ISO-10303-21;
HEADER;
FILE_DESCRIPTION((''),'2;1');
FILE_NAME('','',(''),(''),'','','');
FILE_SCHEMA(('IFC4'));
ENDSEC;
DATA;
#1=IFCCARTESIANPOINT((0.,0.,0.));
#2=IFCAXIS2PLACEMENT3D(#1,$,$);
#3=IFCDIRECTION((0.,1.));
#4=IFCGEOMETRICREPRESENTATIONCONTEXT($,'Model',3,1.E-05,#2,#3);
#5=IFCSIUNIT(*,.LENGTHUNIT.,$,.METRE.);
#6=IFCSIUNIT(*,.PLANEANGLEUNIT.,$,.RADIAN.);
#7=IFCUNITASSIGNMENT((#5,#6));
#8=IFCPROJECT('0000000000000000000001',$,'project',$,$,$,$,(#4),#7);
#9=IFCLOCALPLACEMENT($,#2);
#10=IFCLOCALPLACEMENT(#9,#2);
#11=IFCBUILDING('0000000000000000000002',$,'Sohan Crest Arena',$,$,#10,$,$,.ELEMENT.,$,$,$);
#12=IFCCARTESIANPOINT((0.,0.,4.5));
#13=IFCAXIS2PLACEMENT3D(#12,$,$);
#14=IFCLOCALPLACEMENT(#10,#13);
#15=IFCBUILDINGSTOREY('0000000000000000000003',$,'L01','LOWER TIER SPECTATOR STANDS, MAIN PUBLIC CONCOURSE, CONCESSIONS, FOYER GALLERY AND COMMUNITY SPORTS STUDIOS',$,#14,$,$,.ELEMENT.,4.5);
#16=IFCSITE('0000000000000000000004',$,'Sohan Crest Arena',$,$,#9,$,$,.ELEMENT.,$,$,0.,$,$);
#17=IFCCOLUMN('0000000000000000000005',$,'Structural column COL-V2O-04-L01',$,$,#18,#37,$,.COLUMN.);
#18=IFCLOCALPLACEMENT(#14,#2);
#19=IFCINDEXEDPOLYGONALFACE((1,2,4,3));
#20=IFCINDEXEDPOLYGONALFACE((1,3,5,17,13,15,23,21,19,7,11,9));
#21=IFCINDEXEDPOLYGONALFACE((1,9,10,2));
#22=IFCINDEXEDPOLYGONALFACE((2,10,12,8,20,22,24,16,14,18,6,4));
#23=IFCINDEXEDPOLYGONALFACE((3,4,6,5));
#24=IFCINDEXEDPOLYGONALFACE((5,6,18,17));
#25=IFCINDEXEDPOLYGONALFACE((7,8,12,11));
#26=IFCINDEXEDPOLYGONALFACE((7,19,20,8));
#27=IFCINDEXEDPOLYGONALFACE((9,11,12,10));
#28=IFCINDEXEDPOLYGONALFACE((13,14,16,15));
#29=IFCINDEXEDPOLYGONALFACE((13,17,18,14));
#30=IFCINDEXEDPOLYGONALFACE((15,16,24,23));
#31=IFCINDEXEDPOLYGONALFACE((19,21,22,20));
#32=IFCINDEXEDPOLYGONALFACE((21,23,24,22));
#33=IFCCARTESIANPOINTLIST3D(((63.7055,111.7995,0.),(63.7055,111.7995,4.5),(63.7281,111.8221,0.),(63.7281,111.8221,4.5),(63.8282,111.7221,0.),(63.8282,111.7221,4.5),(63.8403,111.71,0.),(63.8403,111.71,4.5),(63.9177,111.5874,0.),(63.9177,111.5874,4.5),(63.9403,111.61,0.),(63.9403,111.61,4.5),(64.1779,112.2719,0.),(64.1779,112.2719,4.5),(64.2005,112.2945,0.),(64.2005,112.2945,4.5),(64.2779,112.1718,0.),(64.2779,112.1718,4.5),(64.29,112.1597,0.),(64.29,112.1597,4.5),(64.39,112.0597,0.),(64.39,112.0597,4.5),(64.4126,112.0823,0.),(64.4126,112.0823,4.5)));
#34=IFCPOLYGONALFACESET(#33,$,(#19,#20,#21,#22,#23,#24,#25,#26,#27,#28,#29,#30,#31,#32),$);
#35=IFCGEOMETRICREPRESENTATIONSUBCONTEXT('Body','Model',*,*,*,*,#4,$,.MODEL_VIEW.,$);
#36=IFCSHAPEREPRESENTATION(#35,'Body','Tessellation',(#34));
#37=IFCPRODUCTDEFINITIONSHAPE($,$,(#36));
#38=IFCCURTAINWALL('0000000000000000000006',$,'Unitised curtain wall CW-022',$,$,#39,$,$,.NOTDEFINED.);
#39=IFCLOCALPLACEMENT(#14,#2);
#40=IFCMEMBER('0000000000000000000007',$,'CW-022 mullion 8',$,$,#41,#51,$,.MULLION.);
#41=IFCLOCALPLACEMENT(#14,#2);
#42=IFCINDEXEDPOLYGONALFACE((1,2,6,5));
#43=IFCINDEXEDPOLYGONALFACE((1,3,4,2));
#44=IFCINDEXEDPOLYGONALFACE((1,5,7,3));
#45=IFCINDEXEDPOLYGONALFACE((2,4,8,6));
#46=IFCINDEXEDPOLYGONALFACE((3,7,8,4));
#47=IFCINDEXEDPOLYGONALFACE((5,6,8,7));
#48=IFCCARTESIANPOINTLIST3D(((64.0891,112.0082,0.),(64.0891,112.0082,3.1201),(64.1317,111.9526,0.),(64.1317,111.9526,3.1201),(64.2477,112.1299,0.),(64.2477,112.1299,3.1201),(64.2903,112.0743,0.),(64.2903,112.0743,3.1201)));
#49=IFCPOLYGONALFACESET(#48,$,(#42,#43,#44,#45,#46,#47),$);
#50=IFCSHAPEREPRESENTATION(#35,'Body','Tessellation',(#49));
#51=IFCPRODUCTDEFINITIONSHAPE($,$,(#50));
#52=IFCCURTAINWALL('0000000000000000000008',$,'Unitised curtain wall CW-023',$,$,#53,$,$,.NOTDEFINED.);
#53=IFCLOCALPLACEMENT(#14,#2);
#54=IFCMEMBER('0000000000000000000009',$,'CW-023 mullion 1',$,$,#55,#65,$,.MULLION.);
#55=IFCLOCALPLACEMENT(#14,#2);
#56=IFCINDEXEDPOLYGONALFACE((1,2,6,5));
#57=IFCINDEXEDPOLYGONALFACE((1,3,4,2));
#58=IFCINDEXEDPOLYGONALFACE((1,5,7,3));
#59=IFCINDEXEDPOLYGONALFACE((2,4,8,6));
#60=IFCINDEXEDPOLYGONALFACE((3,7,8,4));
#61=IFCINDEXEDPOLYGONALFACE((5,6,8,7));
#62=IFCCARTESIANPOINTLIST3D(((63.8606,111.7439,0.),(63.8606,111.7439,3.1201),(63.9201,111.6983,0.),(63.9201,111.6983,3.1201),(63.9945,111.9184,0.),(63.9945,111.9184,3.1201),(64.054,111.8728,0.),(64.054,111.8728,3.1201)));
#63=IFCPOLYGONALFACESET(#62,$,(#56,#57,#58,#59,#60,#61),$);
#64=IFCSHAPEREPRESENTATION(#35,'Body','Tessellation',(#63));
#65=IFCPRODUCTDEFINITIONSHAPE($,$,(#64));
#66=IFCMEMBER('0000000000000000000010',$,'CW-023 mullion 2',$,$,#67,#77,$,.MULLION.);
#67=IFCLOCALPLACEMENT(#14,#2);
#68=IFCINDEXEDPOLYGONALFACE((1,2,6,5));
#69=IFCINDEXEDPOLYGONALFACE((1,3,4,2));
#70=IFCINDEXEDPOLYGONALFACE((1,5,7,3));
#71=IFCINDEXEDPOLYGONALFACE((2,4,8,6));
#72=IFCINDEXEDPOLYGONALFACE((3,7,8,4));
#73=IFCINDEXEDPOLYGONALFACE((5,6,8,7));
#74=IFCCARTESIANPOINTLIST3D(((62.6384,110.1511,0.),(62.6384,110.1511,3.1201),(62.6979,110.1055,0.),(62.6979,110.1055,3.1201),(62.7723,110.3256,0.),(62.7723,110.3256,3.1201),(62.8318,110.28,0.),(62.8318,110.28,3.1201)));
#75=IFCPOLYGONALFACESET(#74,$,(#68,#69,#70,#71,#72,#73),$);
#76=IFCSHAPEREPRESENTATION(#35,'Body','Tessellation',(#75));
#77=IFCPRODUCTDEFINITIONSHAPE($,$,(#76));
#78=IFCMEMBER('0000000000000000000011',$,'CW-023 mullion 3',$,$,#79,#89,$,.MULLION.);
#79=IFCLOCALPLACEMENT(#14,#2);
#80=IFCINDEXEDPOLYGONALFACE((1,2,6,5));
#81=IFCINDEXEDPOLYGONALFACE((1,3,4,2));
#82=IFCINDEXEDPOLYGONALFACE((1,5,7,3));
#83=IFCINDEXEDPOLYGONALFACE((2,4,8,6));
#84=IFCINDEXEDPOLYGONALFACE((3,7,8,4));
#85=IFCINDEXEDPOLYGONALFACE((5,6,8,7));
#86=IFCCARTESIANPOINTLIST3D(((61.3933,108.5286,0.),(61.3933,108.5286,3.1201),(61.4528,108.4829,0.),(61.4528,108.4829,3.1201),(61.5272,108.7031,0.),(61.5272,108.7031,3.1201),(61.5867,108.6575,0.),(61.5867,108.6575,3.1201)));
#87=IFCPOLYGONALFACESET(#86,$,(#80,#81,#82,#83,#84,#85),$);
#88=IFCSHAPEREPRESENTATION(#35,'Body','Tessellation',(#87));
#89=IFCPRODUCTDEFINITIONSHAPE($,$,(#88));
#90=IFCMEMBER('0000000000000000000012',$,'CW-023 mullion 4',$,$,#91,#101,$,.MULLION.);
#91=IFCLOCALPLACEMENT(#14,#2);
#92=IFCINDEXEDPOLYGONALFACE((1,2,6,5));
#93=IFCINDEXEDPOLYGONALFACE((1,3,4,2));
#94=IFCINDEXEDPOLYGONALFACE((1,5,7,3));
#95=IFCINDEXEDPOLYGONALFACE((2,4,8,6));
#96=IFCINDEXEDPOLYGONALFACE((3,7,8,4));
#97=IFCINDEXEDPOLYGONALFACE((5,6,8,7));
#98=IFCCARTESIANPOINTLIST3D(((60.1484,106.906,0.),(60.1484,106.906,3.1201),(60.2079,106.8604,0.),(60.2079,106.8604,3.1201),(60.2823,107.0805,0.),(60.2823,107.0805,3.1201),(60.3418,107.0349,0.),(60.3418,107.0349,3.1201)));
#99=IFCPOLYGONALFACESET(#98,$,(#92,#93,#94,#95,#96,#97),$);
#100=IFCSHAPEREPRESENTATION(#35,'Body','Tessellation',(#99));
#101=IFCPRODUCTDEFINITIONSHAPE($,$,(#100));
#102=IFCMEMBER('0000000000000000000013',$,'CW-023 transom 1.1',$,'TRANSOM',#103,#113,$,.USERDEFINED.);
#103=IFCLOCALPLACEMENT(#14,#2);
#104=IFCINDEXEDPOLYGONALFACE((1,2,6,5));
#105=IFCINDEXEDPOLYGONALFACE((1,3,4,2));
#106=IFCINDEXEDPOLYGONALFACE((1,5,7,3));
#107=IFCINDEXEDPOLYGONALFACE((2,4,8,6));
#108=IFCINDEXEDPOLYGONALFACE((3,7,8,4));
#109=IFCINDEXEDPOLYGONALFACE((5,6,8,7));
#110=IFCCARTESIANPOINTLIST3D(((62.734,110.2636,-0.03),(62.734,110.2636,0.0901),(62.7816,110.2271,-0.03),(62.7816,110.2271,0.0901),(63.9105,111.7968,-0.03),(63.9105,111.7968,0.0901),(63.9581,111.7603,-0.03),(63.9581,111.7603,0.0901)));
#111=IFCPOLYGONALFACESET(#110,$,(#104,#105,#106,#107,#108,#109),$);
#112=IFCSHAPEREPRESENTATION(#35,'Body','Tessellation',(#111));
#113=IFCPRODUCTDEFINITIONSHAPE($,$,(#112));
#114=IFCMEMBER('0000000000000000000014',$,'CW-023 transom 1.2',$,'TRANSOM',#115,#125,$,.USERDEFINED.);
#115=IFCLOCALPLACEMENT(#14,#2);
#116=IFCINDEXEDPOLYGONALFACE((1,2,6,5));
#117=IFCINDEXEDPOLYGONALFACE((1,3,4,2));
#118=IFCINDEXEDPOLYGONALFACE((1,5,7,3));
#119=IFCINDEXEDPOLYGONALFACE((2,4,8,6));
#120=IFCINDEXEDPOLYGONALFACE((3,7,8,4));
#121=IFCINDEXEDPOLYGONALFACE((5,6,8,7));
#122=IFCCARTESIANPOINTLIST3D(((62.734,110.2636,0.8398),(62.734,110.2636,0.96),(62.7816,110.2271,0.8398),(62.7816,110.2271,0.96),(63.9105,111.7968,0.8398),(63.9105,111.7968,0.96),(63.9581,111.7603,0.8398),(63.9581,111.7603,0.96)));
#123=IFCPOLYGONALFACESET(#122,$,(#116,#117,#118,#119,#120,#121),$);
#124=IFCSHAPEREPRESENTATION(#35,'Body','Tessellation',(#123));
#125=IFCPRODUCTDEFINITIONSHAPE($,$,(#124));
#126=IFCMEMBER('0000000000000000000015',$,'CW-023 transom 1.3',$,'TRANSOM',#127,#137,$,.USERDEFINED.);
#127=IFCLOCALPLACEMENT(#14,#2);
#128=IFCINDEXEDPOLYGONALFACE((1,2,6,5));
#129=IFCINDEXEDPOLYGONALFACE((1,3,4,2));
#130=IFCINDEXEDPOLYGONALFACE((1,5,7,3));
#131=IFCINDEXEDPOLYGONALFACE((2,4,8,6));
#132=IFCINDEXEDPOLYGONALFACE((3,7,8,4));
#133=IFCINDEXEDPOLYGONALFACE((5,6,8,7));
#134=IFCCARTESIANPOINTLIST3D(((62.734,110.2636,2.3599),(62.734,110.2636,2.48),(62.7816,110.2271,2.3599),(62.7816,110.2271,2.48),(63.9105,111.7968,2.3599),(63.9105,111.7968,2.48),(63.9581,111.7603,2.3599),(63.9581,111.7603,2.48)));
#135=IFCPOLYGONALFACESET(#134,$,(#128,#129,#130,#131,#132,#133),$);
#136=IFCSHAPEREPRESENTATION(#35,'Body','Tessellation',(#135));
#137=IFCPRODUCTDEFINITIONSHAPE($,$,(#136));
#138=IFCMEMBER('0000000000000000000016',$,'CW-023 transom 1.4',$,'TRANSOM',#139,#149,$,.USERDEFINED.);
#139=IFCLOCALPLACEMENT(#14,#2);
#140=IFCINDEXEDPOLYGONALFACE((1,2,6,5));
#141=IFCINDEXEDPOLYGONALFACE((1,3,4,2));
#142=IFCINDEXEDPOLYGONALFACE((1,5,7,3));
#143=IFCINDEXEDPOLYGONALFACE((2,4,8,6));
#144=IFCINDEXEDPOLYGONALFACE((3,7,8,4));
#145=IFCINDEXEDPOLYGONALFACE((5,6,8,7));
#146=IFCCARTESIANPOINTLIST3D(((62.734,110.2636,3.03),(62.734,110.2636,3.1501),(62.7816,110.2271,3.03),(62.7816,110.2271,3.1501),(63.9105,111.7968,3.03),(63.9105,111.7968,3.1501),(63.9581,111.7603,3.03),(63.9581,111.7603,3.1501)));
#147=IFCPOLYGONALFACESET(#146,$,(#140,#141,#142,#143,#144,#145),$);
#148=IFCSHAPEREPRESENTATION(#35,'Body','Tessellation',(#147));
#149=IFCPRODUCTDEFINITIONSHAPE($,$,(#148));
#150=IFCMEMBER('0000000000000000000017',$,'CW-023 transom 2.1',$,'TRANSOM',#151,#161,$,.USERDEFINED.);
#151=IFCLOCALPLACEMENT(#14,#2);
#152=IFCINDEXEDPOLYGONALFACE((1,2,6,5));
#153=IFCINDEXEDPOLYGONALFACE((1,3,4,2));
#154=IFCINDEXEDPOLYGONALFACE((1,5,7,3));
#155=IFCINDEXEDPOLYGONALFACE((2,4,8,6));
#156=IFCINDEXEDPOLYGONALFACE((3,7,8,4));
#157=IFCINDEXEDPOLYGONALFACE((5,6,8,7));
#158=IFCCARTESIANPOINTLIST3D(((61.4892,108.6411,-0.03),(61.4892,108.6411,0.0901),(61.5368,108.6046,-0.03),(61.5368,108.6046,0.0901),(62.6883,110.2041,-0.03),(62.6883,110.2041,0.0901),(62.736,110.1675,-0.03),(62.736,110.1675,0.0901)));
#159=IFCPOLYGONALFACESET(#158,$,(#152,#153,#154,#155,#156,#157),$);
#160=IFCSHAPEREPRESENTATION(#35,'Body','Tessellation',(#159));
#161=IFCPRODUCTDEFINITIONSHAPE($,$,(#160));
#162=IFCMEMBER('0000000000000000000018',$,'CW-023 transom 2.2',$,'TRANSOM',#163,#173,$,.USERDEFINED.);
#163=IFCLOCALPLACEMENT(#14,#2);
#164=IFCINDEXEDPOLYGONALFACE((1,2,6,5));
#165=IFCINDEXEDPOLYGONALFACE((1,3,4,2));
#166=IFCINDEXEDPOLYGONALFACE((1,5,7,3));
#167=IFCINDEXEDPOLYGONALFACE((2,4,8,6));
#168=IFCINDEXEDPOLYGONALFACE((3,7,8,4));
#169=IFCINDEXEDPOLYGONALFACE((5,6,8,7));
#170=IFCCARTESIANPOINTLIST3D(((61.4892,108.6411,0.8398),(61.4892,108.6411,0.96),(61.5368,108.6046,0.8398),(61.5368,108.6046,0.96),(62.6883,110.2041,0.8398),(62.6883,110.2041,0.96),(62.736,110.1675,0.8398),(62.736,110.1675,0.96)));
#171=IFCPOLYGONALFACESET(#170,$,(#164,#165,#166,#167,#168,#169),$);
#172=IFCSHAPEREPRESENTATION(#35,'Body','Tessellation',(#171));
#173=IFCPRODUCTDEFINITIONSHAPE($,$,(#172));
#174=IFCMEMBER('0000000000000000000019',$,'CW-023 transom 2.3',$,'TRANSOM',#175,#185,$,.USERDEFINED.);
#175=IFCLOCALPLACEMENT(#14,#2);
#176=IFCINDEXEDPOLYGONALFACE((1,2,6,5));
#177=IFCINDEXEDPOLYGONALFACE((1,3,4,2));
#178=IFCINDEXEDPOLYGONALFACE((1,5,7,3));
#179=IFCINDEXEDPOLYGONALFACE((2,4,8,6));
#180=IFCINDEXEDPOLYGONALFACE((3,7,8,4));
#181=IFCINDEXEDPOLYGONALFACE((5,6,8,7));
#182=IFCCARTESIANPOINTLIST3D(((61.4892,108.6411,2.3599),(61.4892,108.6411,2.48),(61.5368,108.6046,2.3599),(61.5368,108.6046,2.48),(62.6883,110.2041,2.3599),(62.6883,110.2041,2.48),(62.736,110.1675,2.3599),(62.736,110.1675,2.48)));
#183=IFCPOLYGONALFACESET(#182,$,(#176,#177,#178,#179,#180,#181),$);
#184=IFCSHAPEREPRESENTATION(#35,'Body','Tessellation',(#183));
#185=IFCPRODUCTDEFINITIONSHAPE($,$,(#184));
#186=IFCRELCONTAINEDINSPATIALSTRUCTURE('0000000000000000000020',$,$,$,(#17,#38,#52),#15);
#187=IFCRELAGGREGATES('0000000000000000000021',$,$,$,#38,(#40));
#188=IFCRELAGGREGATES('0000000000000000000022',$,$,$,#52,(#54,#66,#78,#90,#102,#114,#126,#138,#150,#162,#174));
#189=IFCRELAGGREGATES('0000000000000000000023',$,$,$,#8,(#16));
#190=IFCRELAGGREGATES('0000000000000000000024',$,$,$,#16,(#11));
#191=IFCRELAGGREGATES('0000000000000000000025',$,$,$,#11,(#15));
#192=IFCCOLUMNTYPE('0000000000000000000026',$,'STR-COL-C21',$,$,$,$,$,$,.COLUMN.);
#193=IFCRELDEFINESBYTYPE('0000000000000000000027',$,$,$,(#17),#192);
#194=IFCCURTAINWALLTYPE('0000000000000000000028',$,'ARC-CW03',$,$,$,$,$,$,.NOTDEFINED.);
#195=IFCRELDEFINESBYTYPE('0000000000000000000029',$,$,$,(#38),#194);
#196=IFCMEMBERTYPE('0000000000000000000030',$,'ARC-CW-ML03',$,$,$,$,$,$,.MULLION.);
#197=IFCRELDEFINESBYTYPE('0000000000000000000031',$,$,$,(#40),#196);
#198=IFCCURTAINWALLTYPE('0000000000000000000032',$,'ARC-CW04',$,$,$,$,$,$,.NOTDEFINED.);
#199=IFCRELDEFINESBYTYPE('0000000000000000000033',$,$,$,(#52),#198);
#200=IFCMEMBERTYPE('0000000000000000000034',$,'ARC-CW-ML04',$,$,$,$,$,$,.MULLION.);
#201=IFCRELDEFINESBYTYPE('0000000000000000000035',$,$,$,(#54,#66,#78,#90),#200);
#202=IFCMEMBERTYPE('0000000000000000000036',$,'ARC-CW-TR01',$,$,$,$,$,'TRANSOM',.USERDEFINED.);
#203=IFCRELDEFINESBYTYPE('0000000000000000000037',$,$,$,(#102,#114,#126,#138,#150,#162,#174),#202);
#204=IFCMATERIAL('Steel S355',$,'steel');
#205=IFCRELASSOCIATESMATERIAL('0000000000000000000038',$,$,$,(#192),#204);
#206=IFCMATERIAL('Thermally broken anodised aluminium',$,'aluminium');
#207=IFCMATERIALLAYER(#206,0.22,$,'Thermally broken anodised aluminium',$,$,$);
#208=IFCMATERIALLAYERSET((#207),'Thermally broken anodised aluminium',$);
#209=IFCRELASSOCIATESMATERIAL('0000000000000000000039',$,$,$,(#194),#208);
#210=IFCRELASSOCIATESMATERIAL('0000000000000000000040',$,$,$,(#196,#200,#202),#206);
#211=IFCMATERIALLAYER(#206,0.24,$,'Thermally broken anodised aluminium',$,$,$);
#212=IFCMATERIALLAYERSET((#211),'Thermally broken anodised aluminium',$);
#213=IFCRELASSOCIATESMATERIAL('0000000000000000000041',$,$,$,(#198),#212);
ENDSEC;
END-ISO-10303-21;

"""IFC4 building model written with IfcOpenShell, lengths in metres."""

from ifc_helpers import new_model, si_unit, direction, frame, origin, origin_2d, place, context, subcontext, project, spatial, rectangle, i_section, extrude, material, layer, layer_set, material_profile, profile_set, type_object, element, aggregate, save


model = new_model("IFC4")

# Units and contexts
model_context = context("Model", 3, precision=1e-05, world=origin(), true_north=direction((0.0, 1.0)))
body_context = subcontext(model_context, "Body", "Model", "MODEL_VIEW")
ifc_project = project(units=[si_unit("LENGTHUNIT", "METRE"), si_unit("PLANEANGLEUNIT", "RADIAN")], contexts=[model_context])

# Site, building, storey
site_placement = place(None, origin())
site = spatial("IfcSite", under=ifc_project, at=site_placement, Name="Sohan Crest Arena", CompositionType="ELEMENT", RefElevation=0.0)
building_placement = place(site_placement, origin())
building = spatial("IfcBuilding", under=site, at=building_placement, Name="Sohan Crest Arena", CompositionType="ELEMENT")
storey_placement = place(building_placement, frame((0.0, 0.0, 4.5)))
storey = spatial("IfcBuildingStorey", under=building, at=storey_placement, Name="L01", Description="LOWER TIER SPECTATOR STANDS, MAIN PUBLIC CONCOURSE, CONCESSIONS, FOYER GALLERY AND COMMUNITY SPORTS STUDIOS", CompositionType="ELEMENT", Elevation=4.5)

# Column
ifc_material_1 = material(Name="Steel S355", Category="steel")
ifc_material_profile_1 = material_profile(ifc_material_1, i_section(OverallWidth=0.3, OverallDepth=0.7, WebThickness=0.0171, FlangeThickness=0.032, at=origin_2d()), Name="HEB 700")
ifc_profile_set_1 = profile_set([ifc_material_profile_1], Name="Steel S355")
column_type = type_object("IfcColumnType", Name="STR-COL-C21", PredefinedType="COLUMN", material=ifc_profile_set_1)
column_placement = place(storey_placement, frame((64.0591, 111.9409, 0.0), z_axis=(0.0, 0.0, 1.0), x_axis=(-0.707107, 0.707107, 0.0)))
element("IfcColumn", 1, at=column_placement, inside=storey, type_object=column_type, Name="Structural column COL-V2O-04-L01", PredefinedType="COLUMN", context=body_context, shape_type="SweptSolid", body=[
    extrude(i_section(OverallWidth=0.3, OverallDepth=0.7, WebThickness=0.0171, FlangeThickness=0.032, at=origin_2d()), origin(), (0.0, 0.0, 1.0), 4.5),
])

# Curtain wall, member
ifc_material_2 = material(Name="Thermally broken anodised aluminium", Category="aluminium")
ifc_layer_1 = layer(ifc_material_2, 0.22, Name="Thermally broken anodised aluminium")
ifc_layer_set_1 = layer_set([ifc_layer_1], Name="Thermally broken anodised aluminium")
curtain_wall_type_1 = type_object("IfcCurtainWallType", Name="ARC-CW03", PredefinedType="NOTDEFINED", material=ifc_layer_set_1)
curtain_wall_1_placement = place(storey_placement, origin())
curtain_wall_1 = element("IfcCurtainWall", 2, at=curtain_wall_1_placement, inside=storey, type_object=curtain_wall_type_1, Name="Unitised curtain wall CW-022", PredefinedType="NOTDEFINED")
ifc_material_profile_2 = material_profile(ifc_material_2, rectangle(XDim=0.0701, YDim=0.2, at=origin_2d()), Name="ALU-MULL 70x200")
ifc_profile_set_2 = profile_set([ifc_material_profile_2], Name="Thermally broken anodised aluminium")
member_type_1 = type_object("IfcMemberType", Name="ARC-CW-ML03", PredefinedType="MULLION", material=ifc_profile_set_2)
member_1_placement = place(storey_placement, frame((64.1897, 112.0413, 0.0), z_axis=(0.0, 0.0, 1.0), x_axis=(0.608765, -0.793351, 0.0)))
member_1 = element("IfcMember", 3, at=member_1_placement, type_object=member_type_1, Name="CW-022 mullion 8", PredefinedType="MULLION", context=body_context, shape_type="SweptSolid", body=[
    extrude(rectangle(XDim=0.0701, YDim=0.2, at=origin_2d()), origin(), (0.0, 0.0, 1.0), 3.1201),
])
aggregate(curtain_wall_1, [member_1])

# Curtain wall, members
ifc_layer_2 = layer(ifc_material_2, 0.24, Name="Thermally broken anodised aluminium")
ifc_layer_set_2 = layer_set([ifc_layer_2], Name="Thermally broken anodised aluminium")
curtain_wall_type_2 = type_object("IfcCurtainWallType", Name="ARC-CW04", PredefinedType="NOTDEFINED", material=ifc_layer_set_2)
curtain_wall_2_placement = place(storey_placement, origin())
curtain_wall_2 = element("IfcCurtainWall", 4, at=curtain_wall_2_placement, inside=storey, type_object=curtain_wall_type_2, Name="Unitised curtain wall CW-023", PredefinedType="NOTDEFINED")
ifc_material_profile_3 = material_profile(ifc_material_2, rectangle(XDim=0.075, YDim=0.22, at=origin_2d()), Name="ALU-MULL 75x220")
ifc_profile_set_3 = profile_set([ifc_material_profile_3], Name="Thermally broken anodised aluminium")
member_type_2 = type_object("IfcMemberType", Name="ARC-CW-ML04", PredefinedType="MULLION", material=ifc_profile_set_3)
member_2_placement = place(storey_placement, frame((63.9573, 111.8083, 0.0), z_axis=(0.0, 0.0, 1.0), x_axis=(0.793351, -0.608765, 0.0)))
member_2 = element("IfcMember", 5, at=member_2_placement, type_object=member_type_2, Name="CW-023 mullion 1", PredefinedType="MULLION", context=body_context, shape_type="SweptSolid", body=[
    extrude(rectangle(XDim=0.075, YDim=0.22, at=origin_2d()), origin(), (0.0, 0.0, 1.0), 3.1201),
])
member_3_placement = place(storey_placement, frame((62.7351, 110.2156, 0.0), z_axis=(0.0, 0.0, 1.0), x_axis=(0.793351, -0.608765, 0.0)))
member_3 = element("IfcMember", 6, at=member_3_placement, type_object=member_type_2, Name="CW-023 mullion 2", PredefinedType="MULLION", context=body_context, shape_type="SweptSolid", body=[
    extrude(rectangle(XDim=0.075, YDim=0.22, at=origin_2d()), origin(), (0.0, 0.0, 1.0), 3.1201),
])
member_4_placement = place(storey_placement, frame((61.49, 108.593, 0.0), z_axis=(0.0, 0.0, 1.0), x_axis=(0.793351, -0.608765, 0.0)))
member_4 = element("IfcMember", 7, at=member_4_placement, type_object=member_type_2, Name="CW-023 mullion 3", PredefinedType="MULLION", context=body_context, shape_type="SweptSolid", body=[
    extrude(rectangle(XDim=0.075, YDim=0.22, at=origin_2d()), origin(), (0.0, 0.0, 1.0), 3.1201),
])
member_5_placement = place(storey_placement, frame((60.2451, 106.9705, 0.0), z_axis=(0.0, 0.0, 1.0), x_axis=(0.793351, -0.608765, 0.0)))
member_5 = element("IfcMember", 8, at=member_5_placement, type_object=member_type_2, Name="CW-023 mullion 4", PredefinedType="MULLION", context=body_context, shape_type="SweptSolid", body=[
    extrude(rectangle(XDim=0.075, YDim=0.22, at=origin_2d()), origin(), (0.0, 0.0, 1.0), 3.1201),
])
ifc_material_profile_4 = material_profile(ifc_material_2, rectangle(XDim=0.0601, YDim=0.1201, at=origin_2d()), Name="ALU-TRAN 60x120")
ifc_profile_set_4 = profile_set([ifc_material_profile_4], Name="Thermally broken anodised aluminium")
member_type_3 = type_object("IfcMemberType", Name="ARC-CW-TR01", ElementType="TRANSOM", PredefinedType="USERDEFINED", material=ifc_profile_set_4)
member_6_placement = place(storey_placement, frame((63.9343, 111.7786, 0.03), z_axis=(-0.608776, -0.793342, 0.0), x_axis=(0.793342, -0.608776, 0.0)))
member_6 = element("IfcMember", 9, at=member_6_placement, type_object=member_type_3, Name="CW-023 transom 1.1", ObjectType="TRANSOM", PredefinedType="USERDEFINED", context=body_context, shape_type="SweptSolid", body=[
    extrude(rectangle(XDim=0.0601, YDim=0.1201, at=origin_2d()), origin(), (0.0, 0.0, 1.0), 1.9326),
])
member_7_placement = place(storey_placement, frame((63.9343, 111.7786, 0.8999), z_axis=(-0.608776, -0.793342, 0.0), x_axis=(0.793342, -0.608776, 0.0)))
member_7 = element("IfcMember", 10, at=member_7_placement, type_object=member_type_3, Name="CW-023 transom 1.2", ObjectType="TRANSOM", PredefinedType="USERDEFINED", context=body_context, shape_type="SweptSolid", body=[
    extrude(rectangle(XDim=0.0601, YDim=0.1201, at=origin_2d()), origin(), (0.0, 0.0, 1.0), 1.9326),
])
member_8_placement = place(storey_placement, frame((63.9343, 111.7786, 2.4199), z_axis=(-0.608776, -0.793342, 0.0), x_axis=(0.793342, -0.608776, 0.0)))
member_8 = element("IfcMember", 11, at=member_8_placement, type_object=member_type_3, Name="CW-023 transom 1.3", ObjectType="TRANSOM", PredefinedType="USERDEFINED", context=body_context, shape_type="SweptSolid", body=[
    extrude(rectangle(XDim=0.0601, YDim=0.1201, at=origin_2d()), origin(), (0.0, 0.0, 1.0), 1.9326),
])
member_9_placement = place(storey_placement, frame((63.9343, 111.7786, 3.0901), z_axis=(-0.608776, -0.793342, 0.0), x_axis=(0.793342, -0.608776, 0.0)))
member_9 = element("IfcMember", 12, at=member_9_placement, type_object=member_type_3, Name="CW-023 transom 1.4", ObjectType="TRANSOM", PredefinedType="USERDEFINED", context=body_context, shape_type="SweptSolid", body=[
    extrude(rectangle(XDim=0.0601, YDim=0.1201, at=origin_2d()), origin(), (0.0, 0.0, 1.0), 1.9326),
])
member_10_placement = place(storey_placement, frame((62.7122, 110.1858, 0.03), z_axis=(-0.608728, -0.793379, 0.0), x_axis=(0.793379, -0.608728, 0.0)))
member_10 = element("IfcMember", 13, at=member_10_placement, type_object=member_type_3, Name="CW-023 transom 2.1", ObjectType="TRANSOM", PredefinedType="USERDEFINED", context=body_context, shape_type="SweptSolid", body=[
    extrude(rectangle(XDim=0.0601, YDim=0.1201, at=origin_2d()), origin(), (0.0, 0.0, 1.0), 1.97),
])
member_11_placement = place(storey_placement, frame((62.7122, 110.1858, 0.8999), z_axis=(-0.608728, -0.793379, 0.0), x_axis=(0.793379, -0.608728, 0.0)))
member_11 = element("IfcMember", 14, at=member_11_placement, type_object=member_type_3, Name="CW-023 transom 2.2", ObjectType="TRANSOM", PredefinedType="USERDEFINED", context=body_context, shape_type="SweptSolid", body=[
    extrude(rectangle(XDim=0.0601, YDim=0.1201, at=origin_2d()), origin(), (0.0, 0.0, 1.0), 1.97),
])
member_12_placement = place(storey_placement, frame((62.7122, 110.1858, 2.4199), z_axis=(-0.608728, -0.793379, 0.0), x_axis=(0.793379, -0.608728, 0.0)))
member_12 = element("IfcMember", 15, at=member_12_placement, type_object=member_type_3, Name="CW-023 transom 2.3", ObjectType="TRANSOM", PredefinedType="USERDEFINED", context=body_context, shape_type="SweptSolid", body=[
    extrude(rectangle(XDim=0.0601, YDim=0.1201, at=origin_2d()), origin(), (0.0, 0.0, 1.0), 1.97),
])

aggregate(curtain_wall_2, [member_2, member_3, member_4, member_5, member_6, member_7, member_8, member_9, member_10, member_11, member_12])

save(model, "model.ifc")
